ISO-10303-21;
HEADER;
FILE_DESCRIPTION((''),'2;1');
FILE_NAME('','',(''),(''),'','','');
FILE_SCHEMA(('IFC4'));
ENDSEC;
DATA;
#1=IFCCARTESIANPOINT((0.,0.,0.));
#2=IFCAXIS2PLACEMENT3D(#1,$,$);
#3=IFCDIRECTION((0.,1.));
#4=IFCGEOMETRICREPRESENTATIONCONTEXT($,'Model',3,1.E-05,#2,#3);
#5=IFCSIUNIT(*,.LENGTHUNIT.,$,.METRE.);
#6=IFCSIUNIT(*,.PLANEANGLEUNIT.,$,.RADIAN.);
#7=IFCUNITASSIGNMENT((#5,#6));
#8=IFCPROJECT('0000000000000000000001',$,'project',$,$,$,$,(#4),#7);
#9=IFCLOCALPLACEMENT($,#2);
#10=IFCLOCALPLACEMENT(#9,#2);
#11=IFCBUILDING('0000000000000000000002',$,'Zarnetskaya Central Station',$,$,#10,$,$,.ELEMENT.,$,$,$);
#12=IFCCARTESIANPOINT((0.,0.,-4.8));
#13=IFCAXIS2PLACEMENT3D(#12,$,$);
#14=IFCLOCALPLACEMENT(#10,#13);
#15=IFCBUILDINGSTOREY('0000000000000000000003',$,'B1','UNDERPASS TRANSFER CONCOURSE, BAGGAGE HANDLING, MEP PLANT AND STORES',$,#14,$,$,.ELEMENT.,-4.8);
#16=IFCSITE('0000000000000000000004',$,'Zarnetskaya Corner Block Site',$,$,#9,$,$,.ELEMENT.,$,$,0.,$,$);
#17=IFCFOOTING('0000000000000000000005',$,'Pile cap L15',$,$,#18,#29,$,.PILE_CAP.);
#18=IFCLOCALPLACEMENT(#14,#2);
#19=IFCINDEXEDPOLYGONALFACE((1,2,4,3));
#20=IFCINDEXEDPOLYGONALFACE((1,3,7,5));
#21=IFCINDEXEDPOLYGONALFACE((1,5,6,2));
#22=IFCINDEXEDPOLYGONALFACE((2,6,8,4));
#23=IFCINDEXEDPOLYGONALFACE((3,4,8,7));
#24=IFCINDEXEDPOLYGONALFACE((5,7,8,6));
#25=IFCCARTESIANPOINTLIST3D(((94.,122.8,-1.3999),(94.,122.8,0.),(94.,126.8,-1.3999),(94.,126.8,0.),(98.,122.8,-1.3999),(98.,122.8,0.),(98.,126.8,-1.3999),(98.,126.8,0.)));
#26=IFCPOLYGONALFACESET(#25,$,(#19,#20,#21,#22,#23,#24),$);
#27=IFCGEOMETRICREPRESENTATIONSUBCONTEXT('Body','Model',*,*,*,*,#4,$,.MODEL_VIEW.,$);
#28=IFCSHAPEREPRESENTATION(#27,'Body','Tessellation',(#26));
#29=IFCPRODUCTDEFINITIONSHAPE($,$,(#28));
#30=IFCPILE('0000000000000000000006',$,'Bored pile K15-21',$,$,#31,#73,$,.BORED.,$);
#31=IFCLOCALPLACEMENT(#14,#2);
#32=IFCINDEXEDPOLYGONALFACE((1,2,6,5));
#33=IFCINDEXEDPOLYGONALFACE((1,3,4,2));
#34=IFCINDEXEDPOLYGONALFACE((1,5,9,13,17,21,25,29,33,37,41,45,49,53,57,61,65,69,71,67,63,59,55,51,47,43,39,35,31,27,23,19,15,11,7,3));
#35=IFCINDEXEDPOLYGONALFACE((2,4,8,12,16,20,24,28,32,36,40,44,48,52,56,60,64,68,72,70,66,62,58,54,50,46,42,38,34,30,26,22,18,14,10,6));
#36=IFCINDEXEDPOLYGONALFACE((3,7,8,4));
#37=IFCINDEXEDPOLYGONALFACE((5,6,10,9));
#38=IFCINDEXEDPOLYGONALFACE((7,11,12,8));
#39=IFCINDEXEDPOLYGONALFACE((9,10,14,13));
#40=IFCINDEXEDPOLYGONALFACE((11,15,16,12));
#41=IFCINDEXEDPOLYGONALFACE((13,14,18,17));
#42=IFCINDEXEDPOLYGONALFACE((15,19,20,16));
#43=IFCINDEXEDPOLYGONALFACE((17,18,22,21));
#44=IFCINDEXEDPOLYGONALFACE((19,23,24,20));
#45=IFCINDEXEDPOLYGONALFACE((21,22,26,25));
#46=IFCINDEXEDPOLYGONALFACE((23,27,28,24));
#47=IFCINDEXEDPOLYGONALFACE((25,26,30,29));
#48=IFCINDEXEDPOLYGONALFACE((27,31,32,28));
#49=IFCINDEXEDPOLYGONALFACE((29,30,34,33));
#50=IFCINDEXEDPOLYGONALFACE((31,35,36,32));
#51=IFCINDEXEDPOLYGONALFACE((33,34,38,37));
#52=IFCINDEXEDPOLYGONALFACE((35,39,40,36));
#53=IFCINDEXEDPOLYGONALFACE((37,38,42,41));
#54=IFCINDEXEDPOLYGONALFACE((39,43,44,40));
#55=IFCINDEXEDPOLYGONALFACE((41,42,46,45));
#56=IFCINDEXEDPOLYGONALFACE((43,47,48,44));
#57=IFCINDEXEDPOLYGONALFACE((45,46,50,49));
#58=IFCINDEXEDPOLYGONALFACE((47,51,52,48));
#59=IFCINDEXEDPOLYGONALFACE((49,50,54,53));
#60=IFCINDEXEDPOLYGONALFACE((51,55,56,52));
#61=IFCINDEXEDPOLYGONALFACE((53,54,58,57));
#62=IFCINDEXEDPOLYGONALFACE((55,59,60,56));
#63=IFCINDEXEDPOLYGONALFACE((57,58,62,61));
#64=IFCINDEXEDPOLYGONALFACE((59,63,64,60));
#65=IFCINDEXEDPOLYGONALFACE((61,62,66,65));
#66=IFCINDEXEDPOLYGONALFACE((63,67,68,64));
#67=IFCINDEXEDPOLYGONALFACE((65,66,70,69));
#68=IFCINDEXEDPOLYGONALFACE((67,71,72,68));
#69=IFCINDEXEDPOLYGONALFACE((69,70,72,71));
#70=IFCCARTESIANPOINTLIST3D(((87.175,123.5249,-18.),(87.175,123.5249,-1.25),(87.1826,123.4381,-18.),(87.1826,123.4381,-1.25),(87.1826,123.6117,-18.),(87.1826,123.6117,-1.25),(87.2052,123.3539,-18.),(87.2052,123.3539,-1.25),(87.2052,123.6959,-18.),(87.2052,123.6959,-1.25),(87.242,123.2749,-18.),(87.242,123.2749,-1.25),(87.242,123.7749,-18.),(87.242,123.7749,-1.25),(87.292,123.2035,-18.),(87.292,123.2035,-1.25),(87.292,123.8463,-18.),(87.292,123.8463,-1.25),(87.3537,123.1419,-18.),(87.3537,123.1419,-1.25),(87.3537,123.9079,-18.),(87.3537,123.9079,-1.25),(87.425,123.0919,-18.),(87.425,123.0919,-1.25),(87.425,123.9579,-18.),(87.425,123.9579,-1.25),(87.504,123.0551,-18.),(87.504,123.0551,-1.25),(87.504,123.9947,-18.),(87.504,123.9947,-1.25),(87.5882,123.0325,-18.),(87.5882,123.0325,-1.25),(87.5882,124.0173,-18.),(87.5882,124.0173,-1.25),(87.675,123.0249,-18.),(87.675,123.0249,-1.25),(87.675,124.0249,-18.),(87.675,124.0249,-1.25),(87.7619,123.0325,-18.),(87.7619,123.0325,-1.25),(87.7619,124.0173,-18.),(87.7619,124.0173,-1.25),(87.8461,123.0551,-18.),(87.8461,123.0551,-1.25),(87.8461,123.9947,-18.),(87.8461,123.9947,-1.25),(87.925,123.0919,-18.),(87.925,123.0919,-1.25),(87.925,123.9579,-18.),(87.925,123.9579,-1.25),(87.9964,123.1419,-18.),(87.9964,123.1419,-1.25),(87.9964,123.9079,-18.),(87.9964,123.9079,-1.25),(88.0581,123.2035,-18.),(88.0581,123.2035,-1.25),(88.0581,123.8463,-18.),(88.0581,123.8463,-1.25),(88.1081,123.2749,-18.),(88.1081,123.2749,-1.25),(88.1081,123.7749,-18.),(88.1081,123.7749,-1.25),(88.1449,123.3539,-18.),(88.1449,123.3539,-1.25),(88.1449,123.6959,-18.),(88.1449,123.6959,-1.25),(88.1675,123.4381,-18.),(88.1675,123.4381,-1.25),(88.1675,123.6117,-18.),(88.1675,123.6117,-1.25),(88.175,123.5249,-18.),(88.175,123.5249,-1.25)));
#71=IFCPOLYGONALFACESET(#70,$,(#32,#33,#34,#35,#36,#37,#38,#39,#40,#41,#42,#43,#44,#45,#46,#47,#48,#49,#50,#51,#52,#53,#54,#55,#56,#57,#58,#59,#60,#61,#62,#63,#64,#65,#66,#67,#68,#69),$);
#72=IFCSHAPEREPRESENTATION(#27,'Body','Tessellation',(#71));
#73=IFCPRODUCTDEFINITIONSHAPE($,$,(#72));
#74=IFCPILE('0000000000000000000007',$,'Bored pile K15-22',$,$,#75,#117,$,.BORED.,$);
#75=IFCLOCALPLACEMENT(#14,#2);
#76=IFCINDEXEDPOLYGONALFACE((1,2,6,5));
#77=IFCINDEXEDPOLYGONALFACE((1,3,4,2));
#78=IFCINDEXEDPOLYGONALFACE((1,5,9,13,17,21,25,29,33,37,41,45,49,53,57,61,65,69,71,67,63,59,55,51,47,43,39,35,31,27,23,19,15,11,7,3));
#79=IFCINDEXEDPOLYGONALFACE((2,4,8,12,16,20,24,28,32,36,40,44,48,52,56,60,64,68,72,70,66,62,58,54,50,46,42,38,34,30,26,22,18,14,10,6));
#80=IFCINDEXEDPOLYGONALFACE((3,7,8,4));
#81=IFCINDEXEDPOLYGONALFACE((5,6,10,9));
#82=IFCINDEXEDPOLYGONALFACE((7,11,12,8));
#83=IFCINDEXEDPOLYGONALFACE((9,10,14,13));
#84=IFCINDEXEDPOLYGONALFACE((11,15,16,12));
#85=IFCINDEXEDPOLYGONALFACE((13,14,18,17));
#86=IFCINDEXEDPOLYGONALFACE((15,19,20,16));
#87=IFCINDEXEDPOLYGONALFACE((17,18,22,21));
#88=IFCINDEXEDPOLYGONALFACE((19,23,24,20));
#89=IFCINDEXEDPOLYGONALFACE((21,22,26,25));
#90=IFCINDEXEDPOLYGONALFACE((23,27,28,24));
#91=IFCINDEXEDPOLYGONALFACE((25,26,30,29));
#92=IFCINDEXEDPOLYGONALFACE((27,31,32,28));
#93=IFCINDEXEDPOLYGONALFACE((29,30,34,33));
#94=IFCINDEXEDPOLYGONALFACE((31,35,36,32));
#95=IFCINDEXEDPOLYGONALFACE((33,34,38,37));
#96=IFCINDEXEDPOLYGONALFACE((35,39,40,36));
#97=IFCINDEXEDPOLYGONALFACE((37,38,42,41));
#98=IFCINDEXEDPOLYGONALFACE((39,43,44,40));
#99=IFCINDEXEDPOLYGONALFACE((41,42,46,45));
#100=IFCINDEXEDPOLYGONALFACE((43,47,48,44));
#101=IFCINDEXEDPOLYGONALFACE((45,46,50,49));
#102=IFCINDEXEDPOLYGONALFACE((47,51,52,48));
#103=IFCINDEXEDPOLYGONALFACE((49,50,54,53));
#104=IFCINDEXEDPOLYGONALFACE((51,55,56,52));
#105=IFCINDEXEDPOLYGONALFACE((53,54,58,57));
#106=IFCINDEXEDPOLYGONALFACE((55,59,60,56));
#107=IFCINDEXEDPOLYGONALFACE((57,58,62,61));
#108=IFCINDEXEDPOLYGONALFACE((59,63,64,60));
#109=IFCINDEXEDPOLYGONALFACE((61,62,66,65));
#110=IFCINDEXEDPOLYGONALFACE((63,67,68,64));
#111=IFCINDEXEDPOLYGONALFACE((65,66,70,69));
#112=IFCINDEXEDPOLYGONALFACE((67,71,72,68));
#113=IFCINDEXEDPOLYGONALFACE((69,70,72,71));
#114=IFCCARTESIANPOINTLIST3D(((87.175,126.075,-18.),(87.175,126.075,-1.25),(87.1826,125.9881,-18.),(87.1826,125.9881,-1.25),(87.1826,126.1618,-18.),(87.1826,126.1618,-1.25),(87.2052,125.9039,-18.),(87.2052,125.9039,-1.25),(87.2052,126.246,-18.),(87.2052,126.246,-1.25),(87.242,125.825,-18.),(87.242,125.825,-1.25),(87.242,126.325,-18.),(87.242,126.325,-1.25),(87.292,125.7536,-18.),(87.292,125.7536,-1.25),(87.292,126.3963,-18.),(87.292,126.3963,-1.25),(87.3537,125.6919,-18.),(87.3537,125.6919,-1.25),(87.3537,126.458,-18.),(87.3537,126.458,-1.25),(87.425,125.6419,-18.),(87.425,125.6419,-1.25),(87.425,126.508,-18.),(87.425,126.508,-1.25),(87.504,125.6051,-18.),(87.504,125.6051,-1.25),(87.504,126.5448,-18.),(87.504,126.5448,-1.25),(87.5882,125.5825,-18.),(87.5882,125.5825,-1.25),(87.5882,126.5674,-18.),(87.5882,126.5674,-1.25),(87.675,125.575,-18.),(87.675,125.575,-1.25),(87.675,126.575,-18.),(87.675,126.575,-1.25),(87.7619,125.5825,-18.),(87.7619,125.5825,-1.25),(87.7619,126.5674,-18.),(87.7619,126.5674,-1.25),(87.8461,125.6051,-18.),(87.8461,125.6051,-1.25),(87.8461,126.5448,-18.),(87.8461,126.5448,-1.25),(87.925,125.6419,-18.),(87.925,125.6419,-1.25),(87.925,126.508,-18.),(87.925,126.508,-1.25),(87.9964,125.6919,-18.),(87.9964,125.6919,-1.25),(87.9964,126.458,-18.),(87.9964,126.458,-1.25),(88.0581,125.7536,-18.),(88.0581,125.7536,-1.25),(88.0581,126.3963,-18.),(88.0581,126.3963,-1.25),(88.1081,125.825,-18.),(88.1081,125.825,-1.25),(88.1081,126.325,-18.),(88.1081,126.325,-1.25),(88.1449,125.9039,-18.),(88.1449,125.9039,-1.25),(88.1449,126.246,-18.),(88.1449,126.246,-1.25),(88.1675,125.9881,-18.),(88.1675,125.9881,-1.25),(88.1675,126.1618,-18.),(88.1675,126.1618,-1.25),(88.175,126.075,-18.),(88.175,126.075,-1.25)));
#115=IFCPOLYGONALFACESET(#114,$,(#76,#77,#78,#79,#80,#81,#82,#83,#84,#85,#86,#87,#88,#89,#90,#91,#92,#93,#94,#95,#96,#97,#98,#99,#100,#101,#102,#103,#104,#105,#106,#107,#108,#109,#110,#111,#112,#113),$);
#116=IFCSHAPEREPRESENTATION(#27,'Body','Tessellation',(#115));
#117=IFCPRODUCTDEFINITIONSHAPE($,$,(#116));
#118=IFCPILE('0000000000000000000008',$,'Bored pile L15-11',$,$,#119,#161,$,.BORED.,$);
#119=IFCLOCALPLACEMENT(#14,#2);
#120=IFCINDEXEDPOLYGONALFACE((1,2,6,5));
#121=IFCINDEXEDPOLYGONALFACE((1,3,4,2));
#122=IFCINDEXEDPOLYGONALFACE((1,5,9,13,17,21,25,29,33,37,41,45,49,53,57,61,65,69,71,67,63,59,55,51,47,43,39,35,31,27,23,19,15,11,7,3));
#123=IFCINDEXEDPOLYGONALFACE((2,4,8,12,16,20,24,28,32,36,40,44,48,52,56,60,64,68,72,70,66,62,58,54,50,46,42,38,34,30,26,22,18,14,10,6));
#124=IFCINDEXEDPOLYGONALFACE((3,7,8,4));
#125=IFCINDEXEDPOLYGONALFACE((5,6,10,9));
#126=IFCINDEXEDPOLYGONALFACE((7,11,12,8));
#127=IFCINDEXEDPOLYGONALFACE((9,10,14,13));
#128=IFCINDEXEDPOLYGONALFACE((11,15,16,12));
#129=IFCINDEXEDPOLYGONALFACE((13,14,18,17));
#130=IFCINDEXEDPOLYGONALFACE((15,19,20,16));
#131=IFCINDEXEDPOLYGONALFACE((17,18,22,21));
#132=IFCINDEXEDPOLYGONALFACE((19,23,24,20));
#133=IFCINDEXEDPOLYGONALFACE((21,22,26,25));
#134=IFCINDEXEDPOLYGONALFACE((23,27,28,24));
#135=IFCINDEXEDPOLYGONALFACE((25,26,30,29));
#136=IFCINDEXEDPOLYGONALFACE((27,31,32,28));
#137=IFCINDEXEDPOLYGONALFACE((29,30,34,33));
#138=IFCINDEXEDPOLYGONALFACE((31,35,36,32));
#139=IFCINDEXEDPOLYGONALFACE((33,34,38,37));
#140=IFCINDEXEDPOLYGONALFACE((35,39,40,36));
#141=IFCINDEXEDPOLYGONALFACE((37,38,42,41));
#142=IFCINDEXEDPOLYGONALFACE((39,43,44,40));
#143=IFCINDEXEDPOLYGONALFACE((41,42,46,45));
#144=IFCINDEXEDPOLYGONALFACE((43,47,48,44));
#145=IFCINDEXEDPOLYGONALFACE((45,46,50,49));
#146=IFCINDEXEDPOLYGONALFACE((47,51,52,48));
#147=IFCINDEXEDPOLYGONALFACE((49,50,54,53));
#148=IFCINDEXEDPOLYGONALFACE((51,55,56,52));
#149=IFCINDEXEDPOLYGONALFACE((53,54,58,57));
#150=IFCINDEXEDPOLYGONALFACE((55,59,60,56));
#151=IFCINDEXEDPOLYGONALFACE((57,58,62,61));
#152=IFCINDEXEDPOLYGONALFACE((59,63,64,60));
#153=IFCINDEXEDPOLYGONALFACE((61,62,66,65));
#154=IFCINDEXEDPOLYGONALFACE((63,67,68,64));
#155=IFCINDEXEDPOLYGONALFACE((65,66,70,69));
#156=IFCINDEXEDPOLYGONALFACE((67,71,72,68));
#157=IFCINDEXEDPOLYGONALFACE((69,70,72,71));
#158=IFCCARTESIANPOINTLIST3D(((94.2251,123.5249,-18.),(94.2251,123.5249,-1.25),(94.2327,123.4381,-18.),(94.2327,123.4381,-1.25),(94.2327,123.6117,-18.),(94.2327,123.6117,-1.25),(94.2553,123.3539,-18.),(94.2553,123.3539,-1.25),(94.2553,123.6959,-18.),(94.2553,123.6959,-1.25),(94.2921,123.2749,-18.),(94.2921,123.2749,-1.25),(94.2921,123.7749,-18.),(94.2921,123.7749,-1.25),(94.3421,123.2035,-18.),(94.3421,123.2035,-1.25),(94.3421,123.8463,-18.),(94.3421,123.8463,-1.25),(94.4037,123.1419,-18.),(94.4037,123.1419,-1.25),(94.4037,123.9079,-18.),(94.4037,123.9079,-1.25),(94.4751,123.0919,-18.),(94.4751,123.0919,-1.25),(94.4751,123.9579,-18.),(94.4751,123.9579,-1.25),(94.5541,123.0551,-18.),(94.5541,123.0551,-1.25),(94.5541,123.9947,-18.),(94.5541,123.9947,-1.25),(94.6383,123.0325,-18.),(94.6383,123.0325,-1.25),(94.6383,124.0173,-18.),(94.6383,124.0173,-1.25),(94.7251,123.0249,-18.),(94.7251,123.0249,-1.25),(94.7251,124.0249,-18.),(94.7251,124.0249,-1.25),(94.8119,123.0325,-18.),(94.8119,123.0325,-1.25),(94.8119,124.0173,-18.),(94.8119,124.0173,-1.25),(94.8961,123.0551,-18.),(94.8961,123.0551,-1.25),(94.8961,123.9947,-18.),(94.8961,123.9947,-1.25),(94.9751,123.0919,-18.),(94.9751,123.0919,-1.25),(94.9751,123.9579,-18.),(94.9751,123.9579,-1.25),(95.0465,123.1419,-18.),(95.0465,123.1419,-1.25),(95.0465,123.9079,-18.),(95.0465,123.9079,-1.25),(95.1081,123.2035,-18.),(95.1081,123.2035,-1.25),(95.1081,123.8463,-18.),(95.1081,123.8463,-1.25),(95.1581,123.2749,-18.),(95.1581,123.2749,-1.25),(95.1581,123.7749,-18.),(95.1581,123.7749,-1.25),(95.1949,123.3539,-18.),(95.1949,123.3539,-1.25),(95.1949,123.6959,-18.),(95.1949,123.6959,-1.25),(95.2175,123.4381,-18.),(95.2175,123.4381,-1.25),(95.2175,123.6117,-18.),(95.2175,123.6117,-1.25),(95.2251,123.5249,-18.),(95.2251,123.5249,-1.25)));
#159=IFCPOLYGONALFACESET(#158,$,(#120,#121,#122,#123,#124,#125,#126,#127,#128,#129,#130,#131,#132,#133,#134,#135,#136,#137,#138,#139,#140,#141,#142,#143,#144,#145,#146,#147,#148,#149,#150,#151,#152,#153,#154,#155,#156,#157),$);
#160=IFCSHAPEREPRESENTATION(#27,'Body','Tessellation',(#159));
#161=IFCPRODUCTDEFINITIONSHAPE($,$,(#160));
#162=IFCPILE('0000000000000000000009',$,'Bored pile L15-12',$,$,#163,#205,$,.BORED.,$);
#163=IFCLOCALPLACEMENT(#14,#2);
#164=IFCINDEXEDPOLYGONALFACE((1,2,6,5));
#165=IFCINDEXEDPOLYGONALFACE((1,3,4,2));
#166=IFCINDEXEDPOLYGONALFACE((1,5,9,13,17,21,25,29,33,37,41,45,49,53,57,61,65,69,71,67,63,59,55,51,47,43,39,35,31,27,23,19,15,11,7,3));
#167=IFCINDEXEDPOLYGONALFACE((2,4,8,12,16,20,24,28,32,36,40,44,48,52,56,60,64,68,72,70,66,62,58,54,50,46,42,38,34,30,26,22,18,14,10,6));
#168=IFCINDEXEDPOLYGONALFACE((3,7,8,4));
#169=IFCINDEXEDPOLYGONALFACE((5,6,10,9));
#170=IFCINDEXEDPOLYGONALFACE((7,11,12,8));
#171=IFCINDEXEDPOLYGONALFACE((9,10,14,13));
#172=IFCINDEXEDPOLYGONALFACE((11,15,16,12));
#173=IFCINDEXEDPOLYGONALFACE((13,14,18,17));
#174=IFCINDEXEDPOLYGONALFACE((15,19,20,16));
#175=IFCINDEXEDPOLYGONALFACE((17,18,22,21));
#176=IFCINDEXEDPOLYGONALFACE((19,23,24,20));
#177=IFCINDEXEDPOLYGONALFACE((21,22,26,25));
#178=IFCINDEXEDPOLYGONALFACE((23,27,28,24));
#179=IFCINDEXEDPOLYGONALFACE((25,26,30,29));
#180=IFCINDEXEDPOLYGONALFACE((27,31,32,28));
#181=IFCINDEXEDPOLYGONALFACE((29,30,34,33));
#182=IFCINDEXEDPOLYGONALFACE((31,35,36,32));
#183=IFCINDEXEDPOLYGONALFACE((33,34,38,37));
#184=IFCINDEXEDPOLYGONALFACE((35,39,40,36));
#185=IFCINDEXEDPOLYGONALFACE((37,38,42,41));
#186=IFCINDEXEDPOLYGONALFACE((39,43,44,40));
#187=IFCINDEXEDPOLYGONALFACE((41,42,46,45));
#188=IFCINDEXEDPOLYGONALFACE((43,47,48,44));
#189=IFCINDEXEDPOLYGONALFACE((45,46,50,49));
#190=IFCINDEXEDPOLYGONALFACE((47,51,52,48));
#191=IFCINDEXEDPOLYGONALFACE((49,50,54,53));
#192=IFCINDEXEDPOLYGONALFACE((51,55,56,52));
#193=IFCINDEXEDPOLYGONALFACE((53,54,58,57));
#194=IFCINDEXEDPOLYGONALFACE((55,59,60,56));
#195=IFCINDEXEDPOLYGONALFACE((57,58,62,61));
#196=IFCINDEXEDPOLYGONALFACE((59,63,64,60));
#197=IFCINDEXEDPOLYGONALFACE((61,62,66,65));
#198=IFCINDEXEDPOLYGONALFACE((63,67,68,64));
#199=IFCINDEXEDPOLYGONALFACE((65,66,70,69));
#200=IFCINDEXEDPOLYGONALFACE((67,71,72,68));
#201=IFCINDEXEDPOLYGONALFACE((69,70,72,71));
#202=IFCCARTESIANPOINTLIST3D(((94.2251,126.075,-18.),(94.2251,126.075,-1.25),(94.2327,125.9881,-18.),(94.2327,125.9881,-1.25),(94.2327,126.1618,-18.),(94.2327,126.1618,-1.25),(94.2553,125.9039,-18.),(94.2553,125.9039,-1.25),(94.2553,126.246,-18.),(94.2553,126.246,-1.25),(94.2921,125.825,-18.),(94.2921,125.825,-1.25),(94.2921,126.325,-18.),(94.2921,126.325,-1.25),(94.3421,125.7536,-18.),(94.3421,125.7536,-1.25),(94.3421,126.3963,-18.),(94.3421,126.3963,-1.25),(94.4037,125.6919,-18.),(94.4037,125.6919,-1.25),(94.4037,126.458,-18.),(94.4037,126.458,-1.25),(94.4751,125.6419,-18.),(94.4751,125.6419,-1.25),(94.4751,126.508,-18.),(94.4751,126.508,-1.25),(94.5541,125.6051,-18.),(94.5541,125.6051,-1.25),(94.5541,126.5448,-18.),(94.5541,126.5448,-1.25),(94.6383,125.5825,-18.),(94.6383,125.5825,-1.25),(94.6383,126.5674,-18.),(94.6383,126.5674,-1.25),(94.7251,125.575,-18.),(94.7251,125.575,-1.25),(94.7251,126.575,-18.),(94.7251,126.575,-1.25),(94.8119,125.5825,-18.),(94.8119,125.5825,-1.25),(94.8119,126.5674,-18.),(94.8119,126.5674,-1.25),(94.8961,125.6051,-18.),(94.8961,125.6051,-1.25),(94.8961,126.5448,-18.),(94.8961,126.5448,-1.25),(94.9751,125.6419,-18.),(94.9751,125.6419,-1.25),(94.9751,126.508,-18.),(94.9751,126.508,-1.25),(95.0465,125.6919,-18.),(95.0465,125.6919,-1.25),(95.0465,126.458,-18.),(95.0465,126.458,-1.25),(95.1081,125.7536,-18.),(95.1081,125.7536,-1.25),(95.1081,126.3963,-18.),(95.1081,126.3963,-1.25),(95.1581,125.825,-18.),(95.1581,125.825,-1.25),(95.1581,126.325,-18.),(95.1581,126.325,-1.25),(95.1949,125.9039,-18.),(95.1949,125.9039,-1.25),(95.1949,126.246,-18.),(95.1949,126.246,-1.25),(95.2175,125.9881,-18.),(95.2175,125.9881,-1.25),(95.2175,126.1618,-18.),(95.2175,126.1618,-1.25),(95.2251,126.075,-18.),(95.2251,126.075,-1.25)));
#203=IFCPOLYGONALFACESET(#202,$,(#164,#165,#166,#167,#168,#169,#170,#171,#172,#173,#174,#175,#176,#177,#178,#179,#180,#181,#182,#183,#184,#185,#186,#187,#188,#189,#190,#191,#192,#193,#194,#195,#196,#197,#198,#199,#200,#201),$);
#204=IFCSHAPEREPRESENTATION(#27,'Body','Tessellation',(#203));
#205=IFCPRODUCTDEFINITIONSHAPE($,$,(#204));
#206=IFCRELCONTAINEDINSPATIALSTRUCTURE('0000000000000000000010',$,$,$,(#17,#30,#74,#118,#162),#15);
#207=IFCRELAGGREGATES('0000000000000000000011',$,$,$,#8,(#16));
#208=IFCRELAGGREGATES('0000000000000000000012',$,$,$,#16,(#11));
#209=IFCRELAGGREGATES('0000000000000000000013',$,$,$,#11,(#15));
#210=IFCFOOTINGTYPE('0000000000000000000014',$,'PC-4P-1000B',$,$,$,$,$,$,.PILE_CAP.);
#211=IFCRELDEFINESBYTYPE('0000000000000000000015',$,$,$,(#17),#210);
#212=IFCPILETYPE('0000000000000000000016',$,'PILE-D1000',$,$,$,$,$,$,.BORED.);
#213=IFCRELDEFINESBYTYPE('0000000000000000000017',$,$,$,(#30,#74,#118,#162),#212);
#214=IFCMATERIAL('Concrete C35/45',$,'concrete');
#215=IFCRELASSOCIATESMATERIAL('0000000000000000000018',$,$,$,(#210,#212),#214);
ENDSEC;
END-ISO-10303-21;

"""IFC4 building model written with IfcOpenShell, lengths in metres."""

from ifc_helpers import new_model, si_unit, direction, frame, origin, origin_2d, place, context, subcontext, project, spatial, rectangle, circle, extrude, material, material_profile, profile_set, type_object, element, save


model = new_model("IFC4")

# Units and contexts
model_context = context("Model", 3, precision=1e-05, world=origin(), true_north=direction((0.0, 1.0)))
body_context = subcontext(model_context, "Body", "Model", "MODEL_VIEW")
ifc_project = project(units=[si_unit("LENGTHUNIT", "METRE"), si_unit("PLANEANGLEUNIT", "RADIAN")], contexts=[model_context])

# Site, building, storey
site_placement = place(None, origin())
site = spatial("IfcSite", under=ifc_project, at=site_placement, Name="Zarnetskaya Corner Block Site", CompositionType="ELEMENT", RefElevation=0.0)
building_placement = place(site_placement, origin())
building = spatial("IfcBuilding", under=site, at=building_placement, Name="Zarnetskaya Central Station", CompositionType="ELEMENT")
storey_placement = place(building_placement, frame((0.0, 0.0, -4.8)))
storey = spatial("IfcBuildingStorey", under=building, at=storey_placement, Name="B1", Description="UNDERPASS TRANSFER CONCOURSE, BAGGAGE HANDLING, MEP PLANT AND STORES", CompositionType="ELEMENT", Elevation=-4.8)

# Footing
ifc_material_1 = material(Name="Concrete C35/45", Category="concrete")
footing_type = type_object("IfcFootingType", Name="PC-4P-1000B", PredefinedType="PILE_CAP", material=ifc_material_1)
footing_placement = place(storey_placement, frame((96.0, 124.8, -1.3999), z_axis=(0.0, 0.0, 1.0), x_axis=(1.0, 0.0, 0.0)))
element("IfcFooting", 1, at=footing_placement, inside=storey, type_object=footing_type, Name="Pile cap L15", PredefinedType="PILE_CAP", context=body_context, shape_type="SweptSolid", body=[
    extrude(rectangle(XDim=4.0, YDim=4.0, at=origin_2d()), origin(), (0.0, 0.0, 1.0), 1.3999),
])

# Piles
ifc_material_profile_1 = material_profile(ifc_material_1, circle(Radius=0.5, at=origin_2d()), Name="BORED PILE D1000")
ifc_profile_set_1 = profile_set([ifc_material_profile_1], Name="Concrete C35/45")
pile_type_1 = type_object("IfcPileType", Name="PILE-D1000", PredefinedType="BORED", material=ifc_profile_set_1)
for number, where, z_axis, x_axis, name in (
    (2, (87.675, 123.5249, -1.25), (0.0, 0.0, -1.0), (1.0, 0.0, 0.0), "Bored pile K15-21"),
    (3, (87.675, 126.075, -1.25), (0.0, 0.0, -1.0), (1.0, 0.0, 0.0), "Bored pile K15-22"),
    (4, (94.7251, 123.5249, -1.25), (0.0, 0.0, -1.0), (1.0, 0.0, 0.0), "Bored pile L15-11"),
    (5, (94.7251, 126.075, -1.25), (0.0, 0.0, -1.0), (1.0, 0.0, 0.0), "Bored pile L15-12"),
):
    element("IfcPile", number, at=place(storey_placement, frame(where, z_axis=z_axis, x_axis=x_axis)), inside=storey, type_object=pile_type_1, Name=name, PredefinedType="BORED", context=body_context, shape_type="SweptSolid", body=[
        extrude(circle(Radius=0.5, at=origin_2d()), origin(), (0.0, 0.0, 1.0), 16.75),
    ])

save(model, "model.ifc")
